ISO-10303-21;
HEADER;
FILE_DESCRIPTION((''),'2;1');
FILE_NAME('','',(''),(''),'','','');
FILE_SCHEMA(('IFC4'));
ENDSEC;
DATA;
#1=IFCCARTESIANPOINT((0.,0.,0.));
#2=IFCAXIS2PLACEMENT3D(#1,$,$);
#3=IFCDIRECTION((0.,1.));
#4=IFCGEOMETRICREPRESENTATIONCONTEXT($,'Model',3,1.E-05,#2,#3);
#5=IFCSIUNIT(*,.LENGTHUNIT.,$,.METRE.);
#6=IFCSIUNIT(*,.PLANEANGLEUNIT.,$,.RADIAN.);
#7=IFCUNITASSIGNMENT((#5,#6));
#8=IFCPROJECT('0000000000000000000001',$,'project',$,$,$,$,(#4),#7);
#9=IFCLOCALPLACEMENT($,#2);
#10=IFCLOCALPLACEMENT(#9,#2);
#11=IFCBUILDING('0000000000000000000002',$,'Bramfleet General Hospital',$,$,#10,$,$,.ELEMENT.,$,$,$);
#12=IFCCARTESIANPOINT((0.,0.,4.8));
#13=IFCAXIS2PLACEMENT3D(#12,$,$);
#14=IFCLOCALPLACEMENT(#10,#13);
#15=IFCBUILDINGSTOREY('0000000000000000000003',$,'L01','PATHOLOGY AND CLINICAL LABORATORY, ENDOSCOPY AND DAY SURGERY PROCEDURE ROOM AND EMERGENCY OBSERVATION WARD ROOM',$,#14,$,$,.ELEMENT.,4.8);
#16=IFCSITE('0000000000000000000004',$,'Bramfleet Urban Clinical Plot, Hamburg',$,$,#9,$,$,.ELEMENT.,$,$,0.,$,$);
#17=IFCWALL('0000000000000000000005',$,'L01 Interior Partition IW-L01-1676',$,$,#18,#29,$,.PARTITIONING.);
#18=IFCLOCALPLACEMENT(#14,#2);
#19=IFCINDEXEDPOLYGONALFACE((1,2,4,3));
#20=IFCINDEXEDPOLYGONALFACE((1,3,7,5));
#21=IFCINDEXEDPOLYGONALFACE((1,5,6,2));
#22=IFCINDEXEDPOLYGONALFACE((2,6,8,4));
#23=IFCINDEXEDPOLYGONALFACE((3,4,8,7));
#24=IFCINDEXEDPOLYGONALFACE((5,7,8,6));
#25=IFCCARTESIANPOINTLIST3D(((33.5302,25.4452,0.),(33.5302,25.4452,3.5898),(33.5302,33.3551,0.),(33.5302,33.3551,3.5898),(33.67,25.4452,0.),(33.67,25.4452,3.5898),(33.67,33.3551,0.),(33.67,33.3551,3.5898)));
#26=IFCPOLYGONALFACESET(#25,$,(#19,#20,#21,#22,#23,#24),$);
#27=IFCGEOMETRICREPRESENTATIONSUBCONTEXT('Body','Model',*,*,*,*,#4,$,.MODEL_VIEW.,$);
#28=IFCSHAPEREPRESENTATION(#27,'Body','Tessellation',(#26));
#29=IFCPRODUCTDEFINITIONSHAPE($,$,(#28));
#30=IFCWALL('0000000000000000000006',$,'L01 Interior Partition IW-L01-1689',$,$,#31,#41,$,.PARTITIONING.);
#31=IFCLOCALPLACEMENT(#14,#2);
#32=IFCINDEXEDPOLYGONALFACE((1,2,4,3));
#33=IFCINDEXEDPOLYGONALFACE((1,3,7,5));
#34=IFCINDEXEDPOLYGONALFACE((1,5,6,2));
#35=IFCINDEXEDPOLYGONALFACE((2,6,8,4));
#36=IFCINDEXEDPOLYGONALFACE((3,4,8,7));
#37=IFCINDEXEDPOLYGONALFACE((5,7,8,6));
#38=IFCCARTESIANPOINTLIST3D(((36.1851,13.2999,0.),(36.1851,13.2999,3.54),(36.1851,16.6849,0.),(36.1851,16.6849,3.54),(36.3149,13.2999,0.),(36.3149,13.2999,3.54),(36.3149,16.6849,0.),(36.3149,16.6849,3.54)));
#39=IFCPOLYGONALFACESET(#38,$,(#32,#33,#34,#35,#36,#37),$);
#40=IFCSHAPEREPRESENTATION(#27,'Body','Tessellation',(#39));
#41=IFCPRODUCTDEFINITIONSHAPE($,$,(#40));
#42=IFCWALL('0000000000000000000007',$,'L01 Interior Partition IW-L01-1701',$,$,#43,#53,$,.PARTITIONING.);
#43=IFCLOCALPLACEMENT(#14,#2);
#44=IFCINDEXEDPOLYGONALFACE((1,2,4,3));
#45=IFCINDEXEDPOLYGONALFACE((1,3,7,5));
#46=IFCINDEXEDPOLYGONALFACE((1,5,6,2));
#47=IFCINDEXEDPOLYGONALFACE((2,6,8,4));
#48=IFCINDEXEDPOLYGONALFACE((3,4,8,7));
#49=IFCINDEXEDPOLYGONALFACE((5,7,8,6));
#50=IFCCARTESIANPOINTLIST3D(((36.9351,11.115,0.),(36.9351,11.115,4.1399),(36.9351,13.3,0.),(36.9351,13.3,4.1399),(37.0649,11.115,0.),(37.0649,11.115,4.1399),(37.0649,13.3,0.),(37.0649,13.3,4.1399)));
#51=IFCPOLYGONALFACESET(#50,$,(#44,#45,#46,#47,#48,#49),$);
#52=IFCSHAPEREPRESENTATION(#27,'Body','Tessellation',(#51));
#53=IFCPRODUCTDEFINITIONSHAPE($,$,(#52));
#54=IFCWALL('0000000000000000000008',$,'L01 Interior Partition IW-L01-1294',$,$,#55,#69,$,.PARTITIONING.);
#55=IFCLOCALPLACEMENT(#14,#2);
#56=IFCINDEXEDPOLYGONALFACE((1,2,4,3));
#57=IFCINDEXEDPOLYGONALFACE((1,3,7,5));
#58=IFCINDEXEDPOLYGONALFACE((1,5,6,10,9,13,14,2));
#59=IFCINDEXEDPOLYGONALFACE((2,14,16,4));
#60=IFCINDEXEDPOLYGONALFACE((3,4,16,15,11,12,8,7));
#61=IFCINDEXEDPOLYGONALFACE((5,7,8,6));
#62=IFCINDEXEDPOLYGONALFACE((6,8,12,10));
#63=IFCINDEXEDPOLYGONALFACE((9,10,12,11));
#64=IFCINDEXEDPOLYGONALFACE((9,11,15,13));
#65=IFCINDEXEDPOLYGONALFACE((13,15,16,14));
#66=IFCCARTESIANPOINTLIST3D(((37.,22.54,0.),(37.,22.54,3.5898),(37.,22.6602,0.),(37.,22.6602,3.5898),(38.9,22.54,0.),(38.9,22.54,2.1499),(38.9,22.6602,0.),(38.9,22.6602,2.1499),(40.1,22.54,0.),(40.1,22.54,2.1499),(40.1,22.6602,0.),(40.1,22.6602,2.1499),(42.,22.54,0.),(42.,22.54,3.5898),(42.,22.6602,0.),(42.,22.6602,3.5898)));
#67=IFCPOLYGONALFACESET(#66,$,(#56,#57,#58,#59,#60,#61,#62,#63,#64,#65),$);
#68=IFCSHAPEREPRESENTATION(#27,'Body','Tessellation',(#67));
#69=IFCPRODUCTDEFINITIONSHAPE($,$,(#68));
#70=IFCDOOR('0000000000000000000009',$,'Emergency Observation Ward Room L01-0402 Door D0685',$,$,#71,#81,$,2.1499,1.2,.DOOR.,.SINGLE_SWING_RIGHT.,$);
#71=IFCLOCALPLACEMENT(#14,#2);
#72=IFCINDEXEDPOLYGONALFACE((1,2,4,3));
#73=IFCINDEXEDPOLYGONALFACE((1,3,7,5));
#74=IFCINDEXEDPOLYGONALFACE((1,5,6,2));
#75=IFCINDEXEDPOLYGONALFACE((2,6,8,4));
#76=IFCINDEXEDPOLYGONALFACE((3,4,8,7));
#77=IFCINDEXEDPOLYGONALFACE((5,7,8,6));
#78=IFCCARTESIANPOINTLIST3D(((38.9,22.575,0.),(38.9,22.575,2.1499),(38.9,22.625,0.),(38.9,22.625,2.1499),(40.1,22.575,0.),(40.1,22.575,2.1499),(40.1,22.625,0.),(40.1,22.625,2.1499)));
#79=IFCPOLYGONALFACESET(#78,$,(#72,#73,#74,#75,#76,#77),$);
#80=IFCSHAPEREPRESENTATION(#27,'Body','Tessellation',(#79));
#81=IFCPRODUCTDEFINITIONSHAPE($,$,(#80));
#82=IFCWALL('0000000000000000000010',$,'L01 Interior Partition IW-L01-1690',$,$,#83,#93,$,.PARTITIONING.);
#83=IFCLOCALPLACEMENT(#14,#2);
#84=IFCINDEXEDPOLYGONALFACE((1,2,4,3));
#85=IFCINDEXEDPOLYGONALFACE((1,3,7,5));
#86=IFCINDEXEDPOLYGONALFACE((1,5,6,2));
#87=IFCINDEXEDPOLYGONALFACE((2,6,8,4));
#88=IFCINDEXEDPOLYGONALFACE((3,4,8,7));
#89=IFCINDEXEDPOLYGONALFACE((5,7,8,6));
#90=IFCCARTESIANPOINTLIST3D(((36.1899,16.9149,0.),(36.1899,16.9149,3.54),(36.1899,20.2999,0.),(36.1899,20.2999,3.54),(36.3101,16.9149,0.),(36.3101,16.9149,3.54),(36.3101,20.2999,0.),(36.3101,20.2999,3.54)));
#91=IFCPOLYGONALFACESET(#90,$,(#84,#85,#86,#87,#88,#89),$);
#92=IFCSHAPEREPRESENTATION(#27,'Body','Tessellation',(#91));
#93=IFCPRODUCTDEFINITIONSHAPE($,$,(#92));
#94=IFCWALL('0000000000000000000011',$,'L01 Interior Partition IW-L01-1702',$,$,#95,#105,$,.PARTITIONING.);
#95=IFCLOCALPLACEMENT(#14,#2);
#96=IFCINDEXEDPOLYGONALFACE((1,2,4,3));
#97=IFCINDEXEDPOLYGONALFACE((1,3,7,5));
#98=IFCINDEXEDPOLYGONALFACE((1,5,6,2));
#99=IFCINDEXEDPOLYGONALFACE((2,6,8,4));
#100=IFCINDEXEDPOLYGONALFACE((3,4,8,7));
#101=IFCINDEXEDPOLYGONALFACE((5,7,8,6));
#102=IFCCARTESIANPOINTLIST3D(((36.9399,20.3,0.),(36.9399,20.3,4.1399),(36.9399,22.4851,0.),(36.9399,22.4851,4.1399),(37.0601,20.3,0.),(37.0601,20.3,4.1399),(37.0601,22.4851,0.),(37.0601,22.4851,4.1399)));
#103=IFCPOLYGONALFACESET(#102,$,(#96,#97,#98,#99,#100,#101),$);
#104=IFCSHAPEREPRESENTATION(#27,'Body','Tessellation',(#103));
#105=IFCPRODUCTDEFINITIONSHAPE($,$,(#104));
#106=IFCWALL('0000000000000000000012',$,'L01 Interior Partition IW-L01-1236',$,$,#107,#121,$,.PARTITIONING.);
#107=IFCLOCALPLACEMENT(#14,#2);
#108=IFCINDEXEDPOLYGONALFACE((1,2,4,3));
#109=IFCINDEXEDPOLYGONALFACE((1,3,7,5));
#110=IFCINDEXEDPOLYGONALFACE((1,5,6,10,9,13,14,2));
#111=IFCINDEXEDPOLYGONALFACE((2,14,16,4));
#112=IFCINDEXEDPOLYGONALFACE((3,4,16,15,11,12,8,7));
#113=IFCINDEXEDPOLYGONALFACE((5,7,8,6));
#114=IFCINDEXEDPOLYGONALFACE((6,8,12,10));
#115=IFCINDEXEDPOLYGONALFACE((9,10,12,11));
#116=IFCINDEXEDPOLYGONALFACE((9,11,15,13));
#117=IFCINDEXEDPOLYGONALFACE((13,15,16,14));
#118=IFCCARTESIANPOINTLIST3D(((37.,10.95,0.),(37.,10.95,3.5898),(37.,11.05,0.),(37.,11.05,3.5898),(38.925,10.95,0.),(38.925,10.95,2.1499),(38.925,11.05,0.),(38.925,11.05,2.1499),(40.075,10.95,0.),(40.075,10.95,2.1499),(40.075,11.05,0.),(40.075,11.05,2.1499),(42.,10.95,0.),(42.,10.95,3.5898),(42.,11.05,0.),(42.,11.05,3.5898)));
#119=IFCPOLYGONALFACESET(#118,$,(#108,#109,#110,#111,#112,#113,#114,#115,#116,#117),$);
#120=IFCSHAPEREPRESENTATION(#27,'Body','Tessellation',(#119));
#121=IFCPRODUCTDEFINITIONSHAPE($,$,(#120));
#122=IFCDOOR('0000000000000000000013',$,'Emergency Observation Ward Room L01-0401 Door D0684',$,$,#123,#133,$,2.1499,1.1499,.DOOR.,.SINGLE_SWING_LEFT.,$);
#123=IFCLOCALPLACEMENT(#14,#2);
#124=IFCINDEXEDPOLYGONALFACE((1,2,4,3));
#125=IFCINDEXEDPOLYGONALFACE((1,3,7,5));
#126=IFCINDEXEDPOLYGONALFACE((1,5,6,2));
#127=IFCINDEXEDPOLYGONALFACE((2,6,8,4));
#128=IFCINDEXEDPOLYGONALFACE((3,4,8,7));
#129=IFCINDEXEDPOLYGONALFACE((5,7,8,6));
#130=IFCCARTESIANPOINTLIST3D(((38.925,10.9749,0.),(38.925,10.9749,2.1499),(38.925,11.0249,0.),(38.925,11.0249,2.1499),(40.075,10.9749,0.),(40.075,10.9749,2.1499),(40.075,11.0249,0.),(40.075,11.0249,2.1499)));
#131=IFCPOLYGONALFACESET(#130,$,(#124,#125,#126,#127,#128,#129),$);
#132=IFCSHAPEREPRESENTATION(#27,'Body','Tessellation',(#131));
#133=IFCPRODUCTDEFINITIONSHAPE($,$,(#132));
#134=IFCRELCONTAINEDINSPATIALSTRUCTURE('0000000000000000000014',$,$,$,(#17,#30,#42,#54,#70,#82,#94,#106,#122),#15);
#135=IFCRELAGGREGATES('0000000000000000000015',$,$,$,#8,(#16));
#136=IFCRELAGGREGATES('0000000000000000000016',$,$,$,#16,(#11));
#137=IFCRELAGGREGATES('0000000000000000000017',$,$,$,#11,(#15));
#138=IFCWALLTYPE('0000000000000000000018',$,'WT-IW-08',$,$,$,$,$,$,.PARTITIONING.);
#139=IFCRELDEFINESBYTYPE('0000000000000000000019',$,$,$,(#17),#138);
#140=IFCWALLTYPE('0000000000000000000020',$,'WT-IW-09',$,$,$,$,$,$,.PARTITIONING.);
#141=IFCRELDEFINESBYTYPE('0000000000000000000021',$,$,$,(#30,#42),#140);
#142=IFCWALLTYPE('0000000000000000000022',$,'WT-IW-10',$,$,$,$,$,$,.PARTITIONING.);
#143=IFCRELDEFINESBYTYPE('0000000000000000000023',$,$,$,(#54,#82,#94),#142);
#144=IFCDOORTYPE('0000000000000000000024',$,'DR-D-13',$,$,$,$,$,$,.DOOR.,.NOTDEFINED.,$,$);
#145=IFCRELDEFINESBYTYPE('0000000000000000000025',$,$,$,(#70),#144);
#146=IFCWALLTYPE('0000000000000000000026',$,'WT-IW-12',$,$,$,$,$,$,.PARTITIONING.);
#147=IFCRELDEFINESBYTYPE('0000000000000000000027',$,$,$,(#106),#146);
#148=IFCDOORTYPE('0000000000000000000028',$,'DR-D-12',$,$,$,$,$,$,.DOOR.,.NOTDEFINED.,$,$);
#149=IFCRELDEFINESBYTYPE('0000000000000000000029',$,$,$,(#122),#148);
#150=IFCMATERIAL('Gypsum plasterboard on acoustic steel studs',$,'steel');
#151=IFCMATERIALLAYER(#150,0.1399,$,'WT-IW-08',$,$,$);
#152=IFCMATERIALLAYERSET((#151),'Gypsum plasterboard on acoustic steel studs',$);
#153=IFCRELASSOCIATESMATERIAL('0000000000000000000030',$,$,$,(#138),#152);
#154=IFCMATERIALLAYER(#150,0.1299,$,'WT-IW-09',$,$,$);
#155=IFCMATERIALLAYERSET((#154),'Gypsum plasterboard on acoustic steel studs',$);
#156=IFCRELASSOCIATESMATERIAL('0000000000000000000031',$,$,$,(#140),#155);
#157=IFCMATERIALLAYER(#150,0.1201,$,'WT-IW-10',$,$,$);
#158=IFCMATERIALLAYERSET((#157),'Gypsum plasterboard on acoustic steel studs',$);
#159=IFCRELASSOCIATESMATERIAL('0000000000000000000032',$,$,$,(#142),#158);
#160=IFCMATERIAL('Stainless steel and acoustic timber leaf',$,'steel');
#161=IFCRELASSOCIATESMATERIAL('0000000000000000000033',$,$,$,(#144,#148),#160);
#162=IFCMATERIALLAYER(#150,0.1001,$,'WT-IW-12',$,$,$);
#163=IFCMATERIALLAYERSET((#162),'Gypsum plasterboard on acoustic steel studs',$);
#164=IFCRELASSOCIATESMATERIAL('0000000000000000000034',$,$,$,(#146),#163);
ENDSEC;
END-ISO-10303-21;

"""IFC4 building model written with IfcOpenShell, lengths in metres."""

from ifc_helpers import new_model, si_unit, direction, frame, frame_2d, origin, place, context, subcontext, project, spatial, rectangle, extrude, material, layer, layer_set, type_object, element, fill, save


model = new_model("IFC4")

# Units and contexts
model_context = context("Model", 3, precision=1e-05, world=origin(), true_north=direction((0.0, 1.0)))
body_context = subcontext(model_context, "Body", "Model", "MODEL_VIEW")
ifc_project = project(units=[si_unit("LENGTHUNIT", "METRE"), si_unit("PLANEANGLEUNIT", "RADIAN")], contexts=[model_context])

# Site, building, storey
site_placement = place(None, origin())
site = spatial("IfcSite", under=ifc_project, at=site_placement, Name="Bramfleet Urban Clinical Plot, Hamburg", CompositionType="ELEMENT", RefElevation=0.0)
building_placement = place(site_placement, origin())
building = spatial("IfcBuilding", under=site, at=building_placement, Name="Bramfleet General Hospital", CompositionType="ELEMENT")
storey_placement = place(building_placement, frame((0.0, 0.0, 4.8)))
storey = spatial("IfcBuildingStorey", under=building, at=storey_placement, Name="L01", Description="PATHOLOGY AND CLINICAL LABORATORY, ENDOSCOPY AND DAY SURGERY PROCEDURE ROOM AND EMERGENCY OBSERVATION WARD ROOM", CompositionType="ELEMENT", Elevation=4.8)

# Shared definitions
ifc_material_1 = material(Name="Gypsum plasterboard on acoustic steel studs", Category="steel")
ifc_material_2 = material(Name="Stainless steel and acoustic timber leaf", Category="steel")

# Walls
ifc_layer_1 = layer(ifc_material_1, 0.1399, Name="WT-IW-08")
ifc_layer_set_1 = layer_set([ifc_layer_1], Name="Gypsum plasterboard on acoustic steel studs")
wall_type_1 = type_object("IfcWallType", Name="WT-IW-08", PredefinedType="PARTITIONING", material=ifc_layer_set_1)
wall_1_placement = place(storey_placement, frame((33.6001, 25.4451, 0.0), z_axis=(0.0, 0.0, 1.0), x_axis=(0.0, 1.0, 0.0)))
element("IfcWall", 1, at=wall_1_placement, inside=storey, type_object=wall_type_1, Name="L01 Interior Partition IW-L01-1676", PredefinedType="PARTITIONING", context=body_context, shape_type="SweptSolid", body=[
    extrude(rectangle(XDim=7.9099, YDim=0.1399, at=frame_2d((3.9551, 0.0))), origin(), (0.0, 0.0, 1.0), 3.5898),
])
ifc_layer_2 = layer(ifc_material_1, 0.1299, Name="WT-IW-09")
ifc_layer_set_2 = layer_set([ifc_layer_2], Name="Gypsum plasterboard on acoustic steel studs")
wall_type_2 = type_object("IfcWallType", Name="WT-IW-09", PredefinedType="PARTITIONING", material=ifc_layer_set_2)
wall_2_placement = place(storey_placement, frame((36.25, 13.3, 0.0), z_axis=(0.0, 0.0, 1.0), x_axis=(0.0, 1.0, 0.0)))
element("IfcWall", 2, at=wall_2_placement, inside=storey, type_object=wall_type_2, Name="L01 Interior Partition IW-L01-1689", PredefinedType="PARTITIONING", context=body_context, shape_type="SweptSolid", body=[
    extrude(rectangle(XDim=3.385, YDim=0.1299, at=frame_2d((1.6924, 0.0))), origin(), (0.0, 0.0, 1.0), 3.54),
])
wall_3_placement = place(storey_placement, frame((37.0, 11.115, 0.0), z_axis=(0.0, 0.0, 1.0), x_axis=(0.0, 1.0, 0.0)))
element("IfcWall", 3, at=wall_3_placement, inside=storey, type_object=wall_type_2, Name="L01 Interior Partition IW-L01-1701", PredefinedType="PARTITIONING", context=body_context, shape_type="SweptSolid", body=[
    extrude(rectangle(XDim=2.1851, YDim=0.1299, at=frame_2d((1.0925, 0.0))), origin(), (0.0, 0.0, 1.0), 4.1399),
])

# Wall, opening, door
ifc_layer_3 = layer(ifc_material_1, 0.1201, Name="WT-IW-10")
ifc_layer_set_3 = layer_set([ifc_layer_3], Name="Gypsum plasterboard on acoustic steel studs")
wall_type_3 = type_object("IfcWallType", Name="WT-IW-10", PredefinedType="PARTITIONING", material=ifc_layer_set_3)
wall_4_placement = place(storey_placement, frame((37.0, 22.6001, 0.0), z_axis=(0.0, 0.0, 1.0), x_axis=(1.0, 0.0, 0.0)))
wall_4 = element("IfcWall", 4, at=wall_4_placement, inside=storey, type_object=wall_type_3, Name="L01 Interior Partition IW-L01-1294", PredefinedType="PARTITIONING", context=body_context, shape_type="SweptSolid", body=[
    extrude(rectangle(XDim=5.0, YDim=0.1201, at=frame_2d((2.5, 0.0))), origin(), (0.0, 0.0, 1.0), 3.5898),
])
opening_1_placement = place(wall_4_placement, frame((1.8999, 0.0, 0.0)))
opening_1 = element("IfcOpeningElement", 5, at=opening_1_placement, cuts=wall_4, PredefinedType="OPENING", context=body_context, shape_type="SweptSolid", body=[
    extrude(rectangle(XDim=1.2, YDim=2.1499, at=frame_2d((0.6001, 1.075))), frame((0.0, 0.0701, 0.0), z_axis=(0.0, -1.0, 0.0), x_axis=(1.0, 0.0, 0.0)), (0.0, 0.0, 1.0), 0.1401),
])
door_type_1 = type_object("IfcDoorType", Name="DR-D-13", OperationType="NOTDEFINED", PredefinedType="DOOR", material=ifc_material_2)
door_1_placement = place(opening_1_placement, origin())
door_1 = element("IfcDoor", 6, at=door_1_placement, inside=storey, type_object=door_type_1, Name="Emergency Observation Ward Room L01-0402 Door D0685", OperationType="SINGLE_SWING_RIGHT", OverallHeight=2.1499, OverallWidth=1.2, PredefinedType="DOOR", context=body_context, shape_type="SweptSolid", body=[
    extrude(rectangle(XDim=1.2, YDim=2.1499, at=frame_2d((0.6001, 1.075))), frame((0.0, 0.0249, 0.0), z_axis=(0.0, -1.0, 0.0), x_axis=(1.0, 0.0, 0.0)), (0.0, 0.0, 1.0), 0.05),
])
fill(opening_1, door_1)

# Walls
wall_5_placement = place(storey_placement, frame((36.25, 16.915, 0.0), z_axis=(0.0, 0.0, 1.0), x_axis=(0.0, 1.0, 0.0)))
element("IfcWall", 7, at=wall_5_placement, inside=storey, type_object=wall_type_3, Name="L01 Interior Partition IW-L01-1690", PredefinedType="PARTITIONING", context=body_context, shape_type="SweptSolid", body=[
    extrude(rectangle(XDim=3.385, YDim=0.1201, at=frame_2d((1.6924, 0.0))), origin(), (0.0, 0.0, 1.0), 3.54),
])
wall_6_placement = place(storey_placement, frame((37.0, 20.3, 0.0), z_axis=(0.0, 0.0, 1.0), x_axis=(0.0, 1.0, 0.0)))
element("IfcWall", 8, at=wall_6_placement, inside=storey, type_object=wall_type_3, Name="L01 Interior Partition IW-L01-1702", PredefinedType="PARTITIONING", context=body_context, shape_type="SweptSolid", body=[
    extrude(rectangle(XDim=2.1851, YDim=0.1201, at=frame_2d((1.0925, 0.0))), origin(), (0.0, 0.0, 1.0), 4.1399),
])

# Wall, opening, door
ifc_layer_4 = layer(ifc_material_1, 0.1001, Name="WT-IW-12")
ifc_layer_set_4 = layer_set([ifc_layer_4], Name="Gypsum plasterboard on acoustic steel studs")
wall_type_4 = type_object("IfcWallType", Name="WT-IW-12", PredefinedType="PARTITIONING", material=ifc_layer_set_4)
wall_7_placement = place(storey_placement, frame((37.0, 11.0, 0.0), z_axis=(0.0, 0.0, 1.0), x_axis=(1.0, 0.0, 0.0)))
wall_7 = element("IfcWall", 9, at=wall_7_placement, inside=storey, type_object=wall_type_4, Name="L01 Interior Partition IW-L01-1236", PredefinedType="PARTITIONING", context=body_context, shape_type="SweptSolid", body=[
    extrude(rectangle(XDim=5.0, YDim=0.1001, at=frame_2d((2.5, 0.0))), origin(), (0.0, 0.0, 1.0), 3.5898),
])
opening_2_placement = place(wall_7_placement, frame((1.925, 0.0, 0.0)))
opening_2 = element("IfcOpeningElement", 10, at=opening_2_placement, cuts=wall_7, PredefinedType="OPENING", context=body_context, shape_type="SweptSolid", body=[
    extrude(rectangle(XDim=1.1499, YDim=2.1499, at=frame_2d((0.575, 1.075))), frame((0.0, 0.0601, 0.0), z_axis=(0.0, -1.0, 0.0), x_axis=(1.0, 0.0, 0.0)), (0.0, 0.0, 1.0), 0.1201),
])
door_type_2 = type_object("IfcDoorType", Name="DR-D-12", OperationType="NOTDEFINED", PredefinedType="DOOR", material=ifc_material_2)
door_2_placement = place(opening_2_placement, origin())
door_2 = element("IfcDoor", 11, at=door_2_placement, inside=storey, type_object=door_type_2, Name="Emergency Observation Ward Room L01-0401 Door D0684", OperationType="SINGLE_SWING_LEFT", OverallHeight=2.1499, OverallWidth=1.1499, PredefinedType="DOOR", context=body_context, shape_type="SweptSolid", body=[
    extrude(rectangle(XDim=1.1499, YDim=2.1499, at=frame_2d((0.575, 1.075))), frame((0.0, 0.0249, 0.0), z_axis=(0.0, -1.0, 0.0), x_axis=(1.0, 0.0, 0.0)), (0.0, 0.0, 1.0), 0.05),
])
fill(opening_2, door_2)

save(model, "model.ifc")
